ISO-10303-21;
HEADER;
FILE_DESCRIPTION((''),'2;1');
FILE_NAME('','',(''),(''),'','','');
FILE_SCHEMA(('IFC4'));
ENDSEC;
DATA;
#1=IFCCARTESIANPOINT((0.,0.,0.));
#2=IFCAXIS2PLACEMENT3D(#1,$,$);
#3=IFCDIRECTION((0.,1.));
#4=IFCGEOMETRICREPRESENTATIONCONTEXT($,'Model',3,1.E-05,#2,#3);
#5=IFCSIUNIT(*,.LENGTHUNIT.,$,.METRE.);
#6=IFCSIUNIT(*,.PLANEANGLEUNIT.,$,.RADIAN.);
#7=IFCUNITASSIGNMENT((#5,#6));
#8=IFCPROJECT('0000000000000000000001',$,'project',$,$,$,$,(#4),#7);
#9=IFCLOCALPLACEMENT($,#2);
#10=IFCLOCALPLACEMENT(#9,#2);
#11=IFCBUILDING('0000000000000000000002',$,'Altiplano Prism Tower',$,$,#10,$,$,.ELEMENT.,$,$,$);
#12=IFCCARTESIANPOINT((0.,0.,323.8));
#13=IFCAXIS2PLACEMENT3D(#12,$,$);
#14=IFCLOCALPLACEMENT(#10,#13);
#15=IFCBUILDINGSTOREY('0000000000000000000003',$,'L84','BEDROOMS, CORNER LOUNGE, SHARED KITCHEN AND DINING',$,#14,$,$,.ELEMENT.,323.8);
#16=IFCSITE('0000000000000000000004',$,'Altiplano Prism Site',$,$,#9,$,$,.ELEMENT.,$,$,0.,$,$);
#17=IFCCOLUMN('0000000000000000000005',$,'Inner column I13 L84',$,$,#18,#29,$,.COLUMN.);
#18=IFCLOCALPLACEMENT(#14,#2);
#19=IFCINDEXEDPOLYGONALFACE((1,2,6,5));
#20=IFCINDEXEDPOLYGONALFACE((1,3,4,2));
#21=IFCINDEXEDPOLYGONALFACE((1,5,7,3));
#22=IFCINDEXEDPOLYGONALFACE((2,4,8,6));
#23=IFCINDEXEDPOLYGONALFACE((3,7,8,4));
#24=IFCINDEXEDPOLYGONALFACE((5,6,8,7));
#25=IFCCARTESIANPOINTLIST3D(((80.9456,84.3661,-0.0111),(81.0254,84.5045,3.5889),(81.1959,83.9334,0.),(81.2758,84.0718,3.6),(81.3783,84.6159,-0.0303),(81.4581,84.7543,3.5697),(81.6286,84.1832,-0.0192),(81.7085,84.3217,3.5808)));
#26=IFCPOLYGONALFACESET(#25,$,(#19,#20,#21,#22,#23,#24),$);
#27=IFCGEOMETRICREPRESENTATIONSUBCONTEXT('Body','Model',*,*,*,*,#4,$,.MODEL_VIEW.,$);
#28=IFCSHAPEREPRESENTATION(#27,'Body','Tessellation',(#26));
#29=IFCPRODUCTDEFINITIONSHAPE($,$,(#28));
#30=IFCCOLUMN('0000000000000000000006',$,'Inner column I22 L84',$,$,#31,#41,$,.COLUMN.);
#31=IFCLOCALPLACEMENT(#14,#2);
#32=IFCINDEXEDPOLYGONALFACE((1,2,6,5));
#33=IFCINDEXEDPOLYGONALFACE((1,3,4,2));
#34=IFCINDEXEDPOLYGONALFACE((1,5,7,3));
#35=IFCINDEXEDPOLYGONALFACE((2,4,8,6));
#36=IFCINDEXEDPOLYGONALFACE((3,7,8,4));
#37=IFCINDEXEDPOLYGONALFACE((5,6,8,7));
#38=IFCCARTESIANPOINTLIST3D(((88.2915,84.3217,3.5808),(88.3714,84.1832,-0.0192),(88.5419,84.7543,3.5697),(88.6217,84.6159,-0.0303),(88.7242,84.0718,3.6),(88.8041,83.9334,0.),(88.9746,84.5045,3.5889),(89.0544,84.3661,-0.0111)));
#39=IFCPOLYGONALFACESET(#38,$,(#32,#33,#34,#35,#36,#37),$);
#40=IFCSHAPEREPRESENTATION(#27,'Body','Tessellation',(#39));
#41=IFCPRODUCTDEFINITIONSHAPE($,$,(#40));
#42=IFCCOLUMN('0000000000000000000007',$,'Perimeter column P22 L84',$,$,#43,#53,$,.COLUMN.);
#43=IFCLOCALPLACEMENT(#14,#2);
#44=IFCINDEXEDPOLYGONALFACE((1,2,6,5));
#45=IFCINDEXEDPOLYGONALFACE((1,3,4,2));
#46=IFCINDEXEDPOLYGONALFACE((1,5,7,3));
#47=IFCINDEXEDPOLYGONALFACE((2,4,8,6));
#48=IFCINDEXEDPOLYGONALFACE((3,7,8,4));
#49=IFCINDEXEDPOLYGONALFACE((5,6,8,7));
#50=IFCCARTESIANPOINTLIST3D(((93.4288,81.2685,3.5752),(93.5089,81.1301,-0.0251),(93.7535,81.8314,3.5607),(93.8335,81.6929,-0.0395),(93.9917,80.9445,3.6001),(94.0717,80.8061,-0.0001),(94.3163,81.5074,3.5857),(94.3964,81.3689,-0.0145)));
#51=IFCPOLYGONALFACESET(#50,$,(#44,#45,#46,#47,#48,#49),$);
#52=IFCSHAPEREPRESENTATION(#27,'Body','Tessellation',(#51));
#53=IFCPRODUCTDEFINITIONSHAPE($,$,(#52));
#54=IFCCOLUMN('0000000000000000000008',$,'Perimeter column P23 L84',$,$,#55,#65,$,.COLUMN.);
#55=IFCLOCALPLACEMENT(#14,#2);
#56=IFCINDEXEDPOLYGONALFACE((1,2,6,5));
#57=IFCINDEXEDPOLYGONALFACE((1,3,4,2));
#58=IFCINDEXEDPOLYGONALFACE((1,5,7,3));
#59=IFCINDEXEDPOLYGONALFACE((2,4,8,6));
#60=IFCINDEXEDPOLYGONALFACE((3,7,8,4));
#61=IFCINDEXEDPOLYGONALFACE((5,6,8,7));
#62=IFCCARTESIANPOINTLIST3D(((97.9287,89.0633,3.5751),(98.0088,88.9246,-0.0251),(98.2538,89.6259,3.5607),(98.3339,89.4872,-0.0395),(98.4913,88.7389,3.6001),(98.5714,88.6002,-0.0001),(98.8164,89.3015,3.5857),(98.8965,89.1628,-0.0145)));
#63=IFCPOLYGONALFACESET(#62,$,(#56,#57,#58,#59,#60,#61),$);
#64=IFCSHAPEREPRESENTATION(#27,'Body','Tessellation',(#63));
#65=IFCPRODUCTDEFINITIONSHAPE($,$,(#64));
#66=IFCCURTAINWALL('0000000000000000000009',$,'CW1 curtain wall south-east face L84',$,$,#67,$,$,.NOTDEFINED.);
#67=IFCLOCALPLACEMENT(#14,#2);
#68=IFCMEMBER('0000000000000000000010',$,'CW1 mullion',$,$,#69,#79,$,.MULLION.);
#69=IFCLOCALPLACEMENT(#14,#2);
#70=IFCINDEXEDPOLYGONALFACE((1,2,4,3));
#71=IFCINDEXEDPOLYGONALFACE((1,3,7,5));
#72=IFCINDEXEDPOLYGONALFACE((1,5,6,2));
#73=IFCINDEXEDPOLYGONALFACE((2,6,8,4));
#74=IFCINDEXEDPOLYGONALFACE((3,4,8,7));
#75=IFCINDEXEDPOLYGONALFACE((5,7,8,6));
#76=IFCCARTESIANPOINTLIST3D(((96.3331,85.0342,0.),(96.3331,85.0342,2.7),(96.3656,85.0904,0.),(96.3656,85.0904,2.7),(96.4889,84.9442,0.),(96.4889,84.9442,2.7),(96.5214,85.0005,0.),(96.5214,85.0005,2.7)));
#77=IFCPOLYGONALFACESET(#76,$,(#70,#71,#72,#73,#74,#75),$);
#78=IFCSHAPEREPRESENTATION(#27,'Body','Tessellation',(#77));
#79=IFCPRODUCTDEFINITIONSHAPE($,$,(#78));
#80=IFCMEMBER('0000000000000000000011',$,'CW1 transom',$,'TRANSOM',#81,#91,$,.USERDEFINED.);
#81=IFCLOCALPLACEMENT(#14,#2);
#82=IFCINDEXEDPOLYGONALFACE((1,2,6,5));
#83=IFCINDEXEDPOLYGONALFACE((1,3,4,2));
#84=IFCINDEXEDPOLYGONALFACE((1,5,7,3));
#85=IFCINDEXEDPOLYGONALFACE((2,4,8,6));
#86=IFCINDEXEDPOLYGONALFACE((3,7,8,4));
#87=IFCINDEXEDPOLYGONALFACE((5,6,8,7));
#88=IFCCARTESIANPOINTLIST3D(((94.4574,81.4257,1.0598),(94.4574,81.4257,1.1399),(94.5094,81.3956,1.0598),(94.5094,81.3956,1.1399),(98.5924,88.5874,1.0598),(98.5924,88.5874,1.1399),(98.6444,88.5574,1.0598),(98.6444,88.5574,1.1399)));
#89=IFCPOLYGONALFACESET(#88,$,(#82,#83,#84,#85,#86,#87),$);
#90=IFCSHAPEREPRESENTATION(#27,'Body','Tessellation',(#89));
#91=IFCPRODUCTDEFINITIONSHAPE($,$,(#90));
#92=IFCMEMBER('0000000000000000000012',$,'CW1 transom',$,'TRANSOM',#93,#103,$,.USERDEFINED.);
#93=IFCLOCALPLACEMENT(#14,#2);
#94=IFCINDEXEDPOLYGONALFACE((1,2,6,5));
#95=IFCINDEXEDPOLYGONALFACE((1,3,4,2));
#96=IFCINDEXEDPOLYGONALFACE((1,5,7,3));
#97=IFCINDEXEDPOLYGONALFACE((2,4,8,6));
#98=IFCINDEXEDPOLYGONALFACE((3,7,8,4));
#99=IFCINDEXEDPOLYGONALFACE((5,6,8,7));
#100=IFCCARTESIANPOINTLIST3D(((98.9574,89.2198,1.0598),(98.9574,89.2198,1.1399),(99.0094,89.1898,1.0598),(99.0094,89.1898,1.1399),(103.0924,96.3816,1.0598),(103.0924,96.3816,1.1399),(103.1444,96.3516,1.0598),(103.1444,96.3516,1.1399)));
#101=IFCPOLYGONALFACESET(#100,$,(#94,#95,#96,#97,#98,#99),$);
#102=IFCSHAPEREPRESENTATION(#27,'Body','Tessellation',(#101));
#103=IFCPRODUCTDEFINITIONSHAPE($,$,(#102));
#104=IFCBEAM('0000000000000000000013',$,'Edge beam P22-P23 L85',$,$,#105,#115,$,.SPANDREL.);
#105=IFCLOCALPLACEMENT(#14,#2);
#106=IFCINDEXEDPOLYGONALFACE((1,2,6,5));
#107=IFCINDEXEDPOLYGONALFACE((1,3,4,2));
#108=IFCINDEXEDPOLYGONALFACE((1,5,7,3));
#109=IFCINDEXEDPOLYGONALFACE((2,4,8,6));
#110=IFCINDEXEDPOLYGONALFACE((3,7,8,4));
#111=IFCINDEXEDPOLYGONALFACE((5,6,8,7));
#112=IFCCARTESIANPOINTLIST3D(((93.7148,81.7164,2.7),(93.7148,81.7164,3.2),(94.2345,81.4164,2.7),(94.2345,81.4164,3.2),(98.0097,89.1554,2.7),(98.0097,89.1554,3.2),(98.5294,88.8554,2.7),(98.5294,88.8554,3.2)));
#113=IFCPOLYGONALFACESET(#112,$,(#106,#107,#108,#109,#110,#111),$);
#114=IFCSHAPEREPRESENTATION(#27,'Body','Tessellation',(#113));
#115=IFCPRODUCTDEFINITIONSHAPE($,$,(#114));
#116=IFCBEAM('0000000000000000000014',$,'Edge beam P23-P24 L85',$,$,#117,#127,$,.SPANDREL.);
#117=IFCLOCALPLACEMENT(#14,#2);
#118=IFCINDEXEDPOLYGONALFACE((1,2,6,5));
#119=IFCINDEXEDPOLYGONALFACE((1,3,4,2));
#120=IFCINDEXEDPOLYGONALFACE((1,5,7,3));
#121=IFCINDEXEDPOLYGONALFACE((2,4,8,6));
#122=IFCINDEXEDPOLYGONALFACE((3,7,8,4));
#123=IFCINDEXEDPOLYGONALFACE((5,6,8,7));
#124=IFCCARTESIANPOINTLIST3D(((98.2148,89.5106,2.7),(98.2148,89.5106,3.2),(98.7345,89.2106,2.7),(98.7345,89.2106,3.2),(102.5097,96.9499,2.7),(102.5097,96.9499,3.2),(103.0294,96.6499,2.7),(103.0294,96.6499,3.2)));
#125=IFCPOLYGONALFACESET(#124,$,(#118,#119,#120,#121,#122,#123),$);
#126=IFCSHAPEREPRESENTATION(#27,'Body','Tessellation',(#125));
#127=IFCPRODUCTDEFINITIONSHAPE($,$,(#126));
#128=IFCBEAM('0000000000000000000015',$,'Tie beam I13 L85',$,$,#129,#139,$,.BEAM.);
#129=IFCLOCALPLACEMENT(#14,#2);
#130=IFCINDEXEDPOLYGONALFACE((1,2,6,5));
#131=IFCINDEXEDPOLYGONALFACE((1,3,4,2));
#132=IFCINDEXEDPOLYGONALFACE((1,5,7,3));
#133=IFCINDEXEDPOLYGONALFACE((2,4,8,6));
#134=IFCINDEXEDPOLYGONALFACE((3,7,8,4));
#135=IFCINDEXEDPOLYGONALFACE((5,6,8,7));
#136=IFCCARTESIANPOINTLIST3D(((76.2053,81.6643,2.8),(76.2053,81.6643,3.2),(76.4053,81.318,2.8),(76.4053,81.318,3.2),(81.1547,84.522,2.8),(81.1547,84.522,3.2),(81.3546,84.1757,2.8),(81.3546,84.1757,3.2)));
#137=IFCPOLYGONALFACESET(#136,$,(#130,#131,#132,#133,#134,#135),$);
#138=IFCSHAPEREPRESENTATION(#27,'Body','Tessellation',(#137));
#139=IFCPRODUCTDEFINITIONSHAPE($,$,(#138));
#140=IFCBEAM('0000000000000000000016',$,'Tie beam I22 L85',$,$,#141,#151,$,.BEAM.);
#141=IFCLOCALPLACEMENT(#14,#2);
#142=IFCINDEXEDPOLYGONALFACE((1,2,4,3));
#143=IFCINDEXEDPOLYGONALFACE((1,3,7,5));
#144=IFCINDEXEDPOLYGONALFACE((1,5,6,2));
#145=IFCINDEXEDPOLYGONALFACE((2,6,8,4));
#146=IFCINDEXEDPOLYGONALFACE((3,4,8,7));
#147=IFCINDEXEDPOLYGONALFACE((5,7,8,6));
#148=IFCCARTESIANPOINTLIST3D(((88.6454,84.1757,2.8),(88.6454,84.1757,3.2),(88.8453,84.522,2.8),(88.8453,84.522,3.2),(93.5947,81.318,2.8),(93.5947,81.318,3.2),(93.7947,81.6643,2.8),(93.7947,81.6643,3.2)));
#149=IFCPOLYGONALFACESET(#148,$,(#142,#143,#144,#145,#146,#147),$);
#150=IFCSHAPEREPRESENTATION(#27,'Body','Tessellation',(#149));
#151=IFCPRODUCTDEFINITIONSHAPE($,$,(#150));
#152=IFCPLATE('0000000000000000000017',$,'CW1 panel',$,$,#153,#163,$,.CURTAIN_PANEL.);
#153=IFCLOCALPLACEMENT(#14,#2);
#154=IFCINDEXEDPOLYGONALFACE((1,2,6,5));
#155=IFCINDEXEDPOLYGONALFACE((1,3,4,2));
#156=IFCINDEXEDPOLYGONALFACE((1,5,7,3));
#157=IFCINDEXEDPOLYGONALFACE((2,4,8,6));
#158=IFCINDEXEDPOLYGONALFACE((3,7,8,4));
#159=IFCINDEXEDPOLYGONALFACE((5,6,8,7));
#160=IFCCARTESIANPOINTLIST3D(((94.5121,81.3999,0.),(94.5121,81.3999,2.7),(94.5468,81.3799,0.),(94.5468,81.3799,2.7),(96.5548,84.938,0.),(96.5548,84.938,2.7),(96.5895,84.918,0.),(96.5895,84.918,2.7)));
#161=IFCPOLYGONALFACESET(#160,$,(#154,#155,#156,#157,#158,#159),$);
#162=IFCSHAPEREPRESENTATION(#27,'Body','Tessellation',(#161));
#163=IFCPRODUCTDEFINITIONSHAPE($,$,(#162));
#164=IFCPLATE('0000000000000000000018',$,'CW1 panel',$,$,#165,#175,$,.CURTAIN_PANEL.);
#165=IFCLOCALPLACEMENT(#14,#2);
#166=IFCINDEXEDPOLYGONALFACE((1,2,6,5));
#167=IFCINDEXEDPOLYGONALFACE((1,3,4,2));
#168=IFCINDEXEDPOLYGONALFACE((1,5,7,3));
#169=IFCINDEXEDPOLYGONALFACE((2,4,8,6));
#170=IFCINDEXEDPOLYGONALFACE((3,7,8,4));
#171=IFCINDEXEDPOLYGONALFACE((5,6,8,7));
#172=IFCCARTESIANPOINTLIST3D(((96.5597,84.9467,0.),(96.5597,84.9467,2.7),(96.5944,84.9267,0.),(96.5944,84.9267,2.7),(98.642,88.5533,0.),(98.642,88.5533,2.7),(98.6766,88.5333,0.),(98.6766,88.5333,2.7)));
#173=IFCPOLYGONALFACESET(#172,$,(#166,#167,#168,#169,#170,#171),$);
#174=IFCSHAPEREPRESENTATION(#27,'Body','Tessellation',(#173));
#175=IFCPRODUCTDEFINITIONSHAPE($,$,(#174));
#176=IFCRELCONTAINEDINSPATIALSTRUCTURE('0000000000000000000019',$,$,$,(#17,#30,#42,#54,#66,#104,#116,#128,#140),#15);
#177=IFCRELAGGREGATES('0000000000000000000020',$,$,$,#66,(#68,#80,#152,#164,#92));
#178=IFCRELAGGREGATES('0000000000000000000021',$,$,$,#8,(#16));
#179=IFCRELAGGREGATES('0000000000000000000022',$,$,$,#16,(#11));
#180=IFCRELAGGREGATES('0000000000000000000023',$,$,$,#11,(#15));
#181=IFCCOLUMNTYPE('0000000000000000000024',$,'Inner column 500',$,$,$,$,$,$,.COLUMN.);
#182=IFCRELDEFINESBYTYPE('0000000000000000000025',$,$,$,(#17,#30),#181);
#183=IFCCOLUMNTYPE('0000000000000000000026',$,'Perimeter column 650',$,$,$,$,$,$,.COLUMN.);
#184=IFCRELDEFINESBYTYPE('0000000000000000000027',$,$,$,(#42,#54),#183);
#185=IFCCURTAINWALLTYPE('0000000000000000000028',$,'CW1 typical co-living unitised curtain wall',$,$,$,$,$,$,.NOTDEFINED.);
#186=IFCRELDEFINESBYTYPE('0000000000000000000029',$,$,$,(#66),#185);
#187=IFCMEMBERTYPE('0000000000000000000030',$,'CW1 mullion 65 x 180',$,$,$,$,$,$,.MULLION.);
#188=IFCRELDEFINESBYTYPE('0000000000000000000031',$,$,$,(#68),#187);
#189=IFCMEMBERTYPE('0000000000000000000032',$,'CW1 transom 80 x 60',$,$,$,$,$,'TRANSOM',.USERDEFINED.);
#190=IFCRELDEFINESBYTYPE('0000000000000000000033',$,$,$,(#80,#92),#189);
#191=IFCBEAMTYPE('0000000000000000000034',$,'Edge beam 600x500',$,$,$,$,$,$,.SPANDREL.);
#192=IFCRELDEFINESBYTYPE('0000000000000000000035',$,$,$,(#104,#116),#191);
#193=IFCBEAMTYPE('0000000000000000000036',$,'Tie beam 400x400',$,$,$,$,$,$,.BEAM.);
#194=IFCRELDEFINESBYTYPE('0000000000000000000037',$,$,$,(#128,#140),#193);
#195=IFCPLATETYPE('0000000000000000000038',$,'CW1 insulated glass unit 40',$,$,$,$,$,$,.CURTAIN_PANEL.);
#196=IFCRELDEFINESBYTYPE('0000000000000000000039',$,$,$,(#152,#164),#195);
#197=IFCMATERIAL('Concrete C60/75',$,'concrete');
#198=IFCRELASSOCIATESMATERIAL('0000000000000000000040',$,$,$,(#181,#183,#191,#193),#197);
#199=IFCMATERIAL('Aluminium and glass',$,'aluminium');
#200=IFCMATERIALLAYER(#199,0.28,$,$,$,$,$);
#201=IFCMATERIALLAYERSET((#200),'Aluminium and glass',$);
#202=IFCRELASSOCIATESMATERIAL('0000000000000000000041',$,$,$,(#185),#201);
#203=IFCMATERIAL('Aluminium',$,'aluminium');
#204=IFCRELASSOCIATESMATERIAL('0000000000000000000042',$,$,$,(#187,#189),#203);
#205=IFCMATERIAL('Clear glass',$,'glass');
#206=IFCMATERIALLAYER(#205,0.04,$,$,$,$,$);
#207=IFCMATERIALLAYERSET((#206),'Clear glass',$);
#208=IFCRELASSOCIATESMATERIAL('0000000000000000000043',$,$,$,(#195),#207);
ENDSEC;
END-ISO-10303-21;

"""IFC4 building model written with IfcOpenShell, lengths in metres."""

from ifc_helpers import new_model, si_unit, direction, frame, origin, origin_2d, place, context, subcontext, project, spatial, rectangle, extrude, material, layer, layer_set, material_profile, profile_set, type_object, element, aggregate, save


model = new_model("IFC4")

# Units and contexts
model_context = context("Model", 3, precision=1e-05, world=origin(), true_north=direction((0.0, 1.0)))
body_context = subcontext(model_context, "Body", "Model", "MODEL_VIEW")
ifc_project = project(units=[si_unit("LENGTHUNIT", "METRE"), si_unit("PLANEANGLEUNIT", "RADIAN")], contexts=[model_context])

# Site, building, storey
site_placement = place(None, origin())
site = spatial("IfcSite", under=ifc_project, at=site_placement, Name="Altiplano Prism Site", CompositionType="ELEMENT", RefElevation=0.0)
building_placement = place(site_placement, origin())
building = spatial("IfcBuilding", under=site, at=building_placement, Name="Altiplano Prism Tower", CompositionType="ELEMENT")
storey_placement = place(building_placement, frame((0.0, 0.0, 323.8)))
storey = spatial("IfcBuildingStorey", under=building, at=storey_placement, Name="L84", Description="BEDROOMS, CORNER LOUNGE, SHARED KITCHEN AND DINING", CompositionType="ELEMENT", Elevation=323.8)

# Columns
ifc_material_1 = material(Name="Concrete C60/75", Category="concrete")
ifc_material_profile_1 = material_profile(ifc_material_1, rectangle(XDim=0.5, YDim=0.5, at=origin_2d()), Name="Inner column 500")
ifc_profile_set_1 = profile_set([ifc_material_profile_1], Name="Concrete C60/75")
column_type_1 = type_object("IfcColumnType", Name="Inner column 500", PredefinedType="COLUMN", material=ifc_profile_set_1)
for number, where, z_axis, x_axis, name in (
    (1, (81.2871, 84.2747, -0.0151), (0.022155, 0.038416, 0.999016), (-0.865365, -0.499669, 0.038405), "Inner column I13 L84"),
    (2, (88.7129, 84.2747, -0.0151), (-0.022155, 0.038416, 0.999016), (-0.500653, -0.865364, 0.022173), "Inner column I22 L84"),
):
    element("IfcColumn", number, at=place(storey_placement, frame(where, z_axis=z_axis, x_axis=x_axis)), inside=storey, type_object=column_type_1, Name=name, PredefinedType="COLUMN", context=body_context, shape_type="SweptSolid", body=[
        extrude(rectangle(XDim=0.5, YDim=0.5, at=origin_2d()), origin(), (0.0, 0.0, 1.0), 3.6035),
    ])
ifc_material_profile_2 = material_profile(ifc_material_1, rectangle(XDim=0.6499, YDim=0.6499, at=origin_2d()), Name="Perimeter column 650")
ifc_profile_set_2 = profile_set([ifc_material_profile_2], Name="Concrete C60/75")
column_type_2 = type_object("IfcColumnType", Name="Perimeter column 650", PredefinedType="COLUMN", material=ifc_profile_set_2)
for number, where, z_axis, x_axis, name in (
    (3, (93.9526, 81.2495, -0.0198), (-0.022221, 0.038413, 0.999015), (-0.499508, -0.866025, 0.022189), "Perimeter column P22 L84"),
    (4, (98.4526, 89.0437, -0.0198), (-0.022221, 0.038481, 0.999012), (-0.500175, -0.865639, 0.022218), "Perimeter column P23 L84"),
):
    element("IfcColumn", number, at=place(storey_placement, frame(where, z_axis=z_axis, x_axis=x_axis)), inside=storey, type_object=column_type_2, Name=name, PredefinedType="COLUMN", context=body_context, shape_type="SweptSolid", body=[
        extrude(rectangle(XDim=0.6499, YDim=0.6499, at=origin_2d()), origin(), (0.0, 0.0, 1.0), 3.6038),
    ])

# Curtain wall, members
ifc_material_2 = material(Name="Aluminium and glass", Category="aluminium")
ifc_layer_1 = layer(ifc_material_2, 0.28)
ifc_layer_set_1 = layer_set([ifc_layer_1], Name="Aluminium and glass")
curtain_wall_type = type_object("IfcCurtainWallType", Name="CW1 typical co-living unitised curtain wall", PredefinedType="NOTDEFINED", material=ifc_layer_set_1)
curtain_wall_placement = place(storey_placement, origin())
curtain_wall = element("IfcCurtainWall", 5, at=curtain_wall_placement, inside=storey, type_object=curtain_wall_type, Name="CW1 curtain wall south-east face L84", PredefinedType="NOTDEFINED")
ifc_material_3 = material(Name="Aluminium", Category="aluminium")
ifc_material_profile_3 = material_profile(ifc_material_3, rectangle(XDim=0.1799, YDim=0.0649, at=origin_2d()), Name="CW1 mullion 65 x 180")
ifc_profile_set_3 = profile_set([ifc_material_profile_3], Name="Aluminium")
member_type_1 = type_object("IfcMemberType", Name="CW1 mullion 65 x 180", PredefinedType="MULLION", material=ifc_profile_set_3)
member_1_placement = place(storey_placement, frame((96.4272, 85.0173, 0.0), z_axis=(0.0, 0.0, 1.0), x_axis=(-0.866025, 0.5, 0.0)))
member_1 = element("IfcMember", 6, at=member_1_placement, type_object=member_type_1, Name="CW1 mullion", PredefinedType="MULLION", context=body_context, shape_type="SweptSolid", body=[
    extrude(rectangle(XDim=0.1799, YDim=0.0649, at=origin_2d()), origin(), (0.0, 0.0, 1.0), 2.7),
])
ifc_material_profile_4 = material_profile(ifc_material_3, rectangle(XDim=0.0601, YDim=0.0801, at=origin_2d()), Name="CW1 transom 80 x 60")
ifc_profile_set_4 = profile_set([ifc_material_profile_4], Name="Aluminium")
member_type_2 = type_object("IfcMemberType", Name="CW1 transom 80 x 60", ElementType="TRANSOM", PredefinedType="USERDEFINED", material=ifc_profile_set_4)
member_2_placement = place(storey_placement, frame((94.4834, 81.4106, 1.0999), z_axis=(0.50001, 0.86602, 0.0), x_axis=(-0.86602, 0.50001, 0.0)))
member_2 = element("IfcMember", 7, at=member_2_placement, type_object=member_type_2, Name="CW1 transom", ObjectType="TRANSOM", PredefinedType="USERDEFINED", context=body_context, shape_type="SweptSolid", body=[
    extrude(rectangle(XDim=0.0601, YDim=0.0801, at=origin_2d()), origin(), (0.0, 0.0, 1.0), 8.2698),
])
member_3_placement = place(storey_placement, frame((98.9834, 89.2048, 1.0999), z_axis=(0.50001, 0.86602, 0.0), x_axis=(-0.86602, 0.50001, 0.0)))
member_3 = element("IfcMember", 8, at=member_3_placement, type_object=member_type_2, Name="CW1 transom", ObjectType="TRANSOM", PredefinedType="USERDEFINED", context=body_context, shape_type="SweptSolid", body=[
    extrude(rectangle(XDim=0.0601, YDim=0.0801, at=origin_2d()), origin(), (0.0, 0.0, 1.0), 8.2698),
])

# Beams
ifc_material_profile_5 = material_profile(ifc_material_1, rectangle(XDim=0.6001, YDim=0.5, at=origin_2d()), Name="Edge beam 600x500")
ifc_profile_set_5 = profile_set([ifc_material_profile_5], Name="Concrete C60/75")
beam_type_1 = type_object("IfcBeamType", Name="Edge beam 600x500", PredefinedType="SPANDREL", material=ifc_profile_set_5)
beam_1_placement = place(storey_placement, frame((93.9746, 81.5664, 2.95), z_axis=(0.500003, 0.866024, 0.0), x_axis=(-0.866024, 0.500003, 0.0)))
element("IfcBeam", 9, at=beam_1_placement, inside=storey, type_object=beam_type_1, Name="Edge beam P22-P23 L85", PredefinedType="SPANDREL", context=body_context, shape_type="SweptSolid", body=[
    extrude(rectangle(XDim=0.6001, YDim=0.5, at=origin_2d()), origin(), (0.0, 0.0, 1.0), 8.5898),
])
beam_2_placement = place(storey_placement, frame((98.4746, 89.3606, 2.95), z_axis=(0.499991, 0.866031, 0.0), x_axis=(-0.866031, 0.499991, 0.0)))
element("IfcBeam", 10, at=beam_2_placement, inside=storey, type_object=beam_type_1, Name="Edge beam P23-P24 L85", PredefinedType="SPANDREL", context=body_context, shape_type="SweptSolid", body=[
    extrude(rectangle(XDim=0.6001, YDim=0.5, at=origin_2d()), origin(), (0.0, 0.0, 1.0), 8.5901),
])
ifc_material_profile_6 = material_profile(ifc_material_1, rectangle(XDim=0.3999, YDim=0.3999, at=origin_2d()), Name="Tie beam 400x400")
ifc_profile_set_6 = profile_set([ifc_material_profile_6], Name="Concrete C60/75")
beam_type_2 = type_object("IfcBeamType", Name="Tie beam 400x400", PredefinedType="BEAM", material=ifc_profile_set_6)
for number, where, z_axis, x_axis, name in (
    (11, (81.2546, 84.3489, 3.0), (-0.866008, -0.500031, 0.0), (0.500031, -0.866008, 0.0), "Tie beam I13 L85"),
    (12, (88.7454, 84.3489, 3.0), (0.866008, -0.500031, 0.0), (0.500031, 0.866008, 0.0), "Tie beam I22 L85"),
):
    element("IfcBeam", number, at=place(storey_placement, frame(where, z_axis=z_axis, x_axis=x_axis)), inside=storey, type_object=beam_type_2, Name=name, PredefinedType="BEAM", context=body_context, shape_type="SweptSolid", body=[
        extrude(rectangle(XDim=0.3999, YDim=0.3999, at=origin_2d()), origin(), (0.0, 0.0, 1.0), 5.7151),
    ])

# Plates
ifc_material_4 = material(Name="Clear glass", Category="glass")
ifc_layer_2 = layer(ifc_material_4, 0.04)
ifc_layer_set_2 = layer_set([ifc_layer_2], Name="Clear glass")
plate_type = type_object("IfcPlateType", Name="CW1 insulated glass unit 40", PredefinedType="CURTAIN_PANEL", material=ifc_layer_set_2)
plate_1_placement = place(storey_placement, frame((95.5508, 83.1589, 0.0), z_axis=(0.0, 0.0, 1.0), x_axis=(0.5, 0.866025, 0.0)))
plate_1 = element("IfcPlate", 13, at=plate_1_placement, type_object=plate_type, Name="CW1 panel", PredefinedType="CURTAIN_PANEL", context=body_context, shape_type="SweptSolid", body=[
    extrude(rectangle(XDim=4.0854, YDim=0.04, at=origin_2d()), origin(), (0.0, 0.0, 1.0), 2.7),
])
plate_2_placement = place(storey_placement, frame((97.6182, 86.74, 0.0), z_axis=(0.0, 0.0, 1.0), x_axis=(0.5, 0.866025, 0.0)))
plate_2 = element("IfcPlate", 14, at=plate_2_placement, type_object=plate_type, Name="CW1 panel", PredefinedType="CURTAIN_PANEL", context=body_context, shape_type="SweptSolid", body=[
    extrude(rectangle(XDim=4.1646, YDim=0.04, at=origin_2d()), origin(), (0.0, 0.0, 1.0), 2.7),
])
aggregate(curtain_wall, [member_1, member_2, plate_1, plate_2, member_3])

save(model, "model.ifc")
